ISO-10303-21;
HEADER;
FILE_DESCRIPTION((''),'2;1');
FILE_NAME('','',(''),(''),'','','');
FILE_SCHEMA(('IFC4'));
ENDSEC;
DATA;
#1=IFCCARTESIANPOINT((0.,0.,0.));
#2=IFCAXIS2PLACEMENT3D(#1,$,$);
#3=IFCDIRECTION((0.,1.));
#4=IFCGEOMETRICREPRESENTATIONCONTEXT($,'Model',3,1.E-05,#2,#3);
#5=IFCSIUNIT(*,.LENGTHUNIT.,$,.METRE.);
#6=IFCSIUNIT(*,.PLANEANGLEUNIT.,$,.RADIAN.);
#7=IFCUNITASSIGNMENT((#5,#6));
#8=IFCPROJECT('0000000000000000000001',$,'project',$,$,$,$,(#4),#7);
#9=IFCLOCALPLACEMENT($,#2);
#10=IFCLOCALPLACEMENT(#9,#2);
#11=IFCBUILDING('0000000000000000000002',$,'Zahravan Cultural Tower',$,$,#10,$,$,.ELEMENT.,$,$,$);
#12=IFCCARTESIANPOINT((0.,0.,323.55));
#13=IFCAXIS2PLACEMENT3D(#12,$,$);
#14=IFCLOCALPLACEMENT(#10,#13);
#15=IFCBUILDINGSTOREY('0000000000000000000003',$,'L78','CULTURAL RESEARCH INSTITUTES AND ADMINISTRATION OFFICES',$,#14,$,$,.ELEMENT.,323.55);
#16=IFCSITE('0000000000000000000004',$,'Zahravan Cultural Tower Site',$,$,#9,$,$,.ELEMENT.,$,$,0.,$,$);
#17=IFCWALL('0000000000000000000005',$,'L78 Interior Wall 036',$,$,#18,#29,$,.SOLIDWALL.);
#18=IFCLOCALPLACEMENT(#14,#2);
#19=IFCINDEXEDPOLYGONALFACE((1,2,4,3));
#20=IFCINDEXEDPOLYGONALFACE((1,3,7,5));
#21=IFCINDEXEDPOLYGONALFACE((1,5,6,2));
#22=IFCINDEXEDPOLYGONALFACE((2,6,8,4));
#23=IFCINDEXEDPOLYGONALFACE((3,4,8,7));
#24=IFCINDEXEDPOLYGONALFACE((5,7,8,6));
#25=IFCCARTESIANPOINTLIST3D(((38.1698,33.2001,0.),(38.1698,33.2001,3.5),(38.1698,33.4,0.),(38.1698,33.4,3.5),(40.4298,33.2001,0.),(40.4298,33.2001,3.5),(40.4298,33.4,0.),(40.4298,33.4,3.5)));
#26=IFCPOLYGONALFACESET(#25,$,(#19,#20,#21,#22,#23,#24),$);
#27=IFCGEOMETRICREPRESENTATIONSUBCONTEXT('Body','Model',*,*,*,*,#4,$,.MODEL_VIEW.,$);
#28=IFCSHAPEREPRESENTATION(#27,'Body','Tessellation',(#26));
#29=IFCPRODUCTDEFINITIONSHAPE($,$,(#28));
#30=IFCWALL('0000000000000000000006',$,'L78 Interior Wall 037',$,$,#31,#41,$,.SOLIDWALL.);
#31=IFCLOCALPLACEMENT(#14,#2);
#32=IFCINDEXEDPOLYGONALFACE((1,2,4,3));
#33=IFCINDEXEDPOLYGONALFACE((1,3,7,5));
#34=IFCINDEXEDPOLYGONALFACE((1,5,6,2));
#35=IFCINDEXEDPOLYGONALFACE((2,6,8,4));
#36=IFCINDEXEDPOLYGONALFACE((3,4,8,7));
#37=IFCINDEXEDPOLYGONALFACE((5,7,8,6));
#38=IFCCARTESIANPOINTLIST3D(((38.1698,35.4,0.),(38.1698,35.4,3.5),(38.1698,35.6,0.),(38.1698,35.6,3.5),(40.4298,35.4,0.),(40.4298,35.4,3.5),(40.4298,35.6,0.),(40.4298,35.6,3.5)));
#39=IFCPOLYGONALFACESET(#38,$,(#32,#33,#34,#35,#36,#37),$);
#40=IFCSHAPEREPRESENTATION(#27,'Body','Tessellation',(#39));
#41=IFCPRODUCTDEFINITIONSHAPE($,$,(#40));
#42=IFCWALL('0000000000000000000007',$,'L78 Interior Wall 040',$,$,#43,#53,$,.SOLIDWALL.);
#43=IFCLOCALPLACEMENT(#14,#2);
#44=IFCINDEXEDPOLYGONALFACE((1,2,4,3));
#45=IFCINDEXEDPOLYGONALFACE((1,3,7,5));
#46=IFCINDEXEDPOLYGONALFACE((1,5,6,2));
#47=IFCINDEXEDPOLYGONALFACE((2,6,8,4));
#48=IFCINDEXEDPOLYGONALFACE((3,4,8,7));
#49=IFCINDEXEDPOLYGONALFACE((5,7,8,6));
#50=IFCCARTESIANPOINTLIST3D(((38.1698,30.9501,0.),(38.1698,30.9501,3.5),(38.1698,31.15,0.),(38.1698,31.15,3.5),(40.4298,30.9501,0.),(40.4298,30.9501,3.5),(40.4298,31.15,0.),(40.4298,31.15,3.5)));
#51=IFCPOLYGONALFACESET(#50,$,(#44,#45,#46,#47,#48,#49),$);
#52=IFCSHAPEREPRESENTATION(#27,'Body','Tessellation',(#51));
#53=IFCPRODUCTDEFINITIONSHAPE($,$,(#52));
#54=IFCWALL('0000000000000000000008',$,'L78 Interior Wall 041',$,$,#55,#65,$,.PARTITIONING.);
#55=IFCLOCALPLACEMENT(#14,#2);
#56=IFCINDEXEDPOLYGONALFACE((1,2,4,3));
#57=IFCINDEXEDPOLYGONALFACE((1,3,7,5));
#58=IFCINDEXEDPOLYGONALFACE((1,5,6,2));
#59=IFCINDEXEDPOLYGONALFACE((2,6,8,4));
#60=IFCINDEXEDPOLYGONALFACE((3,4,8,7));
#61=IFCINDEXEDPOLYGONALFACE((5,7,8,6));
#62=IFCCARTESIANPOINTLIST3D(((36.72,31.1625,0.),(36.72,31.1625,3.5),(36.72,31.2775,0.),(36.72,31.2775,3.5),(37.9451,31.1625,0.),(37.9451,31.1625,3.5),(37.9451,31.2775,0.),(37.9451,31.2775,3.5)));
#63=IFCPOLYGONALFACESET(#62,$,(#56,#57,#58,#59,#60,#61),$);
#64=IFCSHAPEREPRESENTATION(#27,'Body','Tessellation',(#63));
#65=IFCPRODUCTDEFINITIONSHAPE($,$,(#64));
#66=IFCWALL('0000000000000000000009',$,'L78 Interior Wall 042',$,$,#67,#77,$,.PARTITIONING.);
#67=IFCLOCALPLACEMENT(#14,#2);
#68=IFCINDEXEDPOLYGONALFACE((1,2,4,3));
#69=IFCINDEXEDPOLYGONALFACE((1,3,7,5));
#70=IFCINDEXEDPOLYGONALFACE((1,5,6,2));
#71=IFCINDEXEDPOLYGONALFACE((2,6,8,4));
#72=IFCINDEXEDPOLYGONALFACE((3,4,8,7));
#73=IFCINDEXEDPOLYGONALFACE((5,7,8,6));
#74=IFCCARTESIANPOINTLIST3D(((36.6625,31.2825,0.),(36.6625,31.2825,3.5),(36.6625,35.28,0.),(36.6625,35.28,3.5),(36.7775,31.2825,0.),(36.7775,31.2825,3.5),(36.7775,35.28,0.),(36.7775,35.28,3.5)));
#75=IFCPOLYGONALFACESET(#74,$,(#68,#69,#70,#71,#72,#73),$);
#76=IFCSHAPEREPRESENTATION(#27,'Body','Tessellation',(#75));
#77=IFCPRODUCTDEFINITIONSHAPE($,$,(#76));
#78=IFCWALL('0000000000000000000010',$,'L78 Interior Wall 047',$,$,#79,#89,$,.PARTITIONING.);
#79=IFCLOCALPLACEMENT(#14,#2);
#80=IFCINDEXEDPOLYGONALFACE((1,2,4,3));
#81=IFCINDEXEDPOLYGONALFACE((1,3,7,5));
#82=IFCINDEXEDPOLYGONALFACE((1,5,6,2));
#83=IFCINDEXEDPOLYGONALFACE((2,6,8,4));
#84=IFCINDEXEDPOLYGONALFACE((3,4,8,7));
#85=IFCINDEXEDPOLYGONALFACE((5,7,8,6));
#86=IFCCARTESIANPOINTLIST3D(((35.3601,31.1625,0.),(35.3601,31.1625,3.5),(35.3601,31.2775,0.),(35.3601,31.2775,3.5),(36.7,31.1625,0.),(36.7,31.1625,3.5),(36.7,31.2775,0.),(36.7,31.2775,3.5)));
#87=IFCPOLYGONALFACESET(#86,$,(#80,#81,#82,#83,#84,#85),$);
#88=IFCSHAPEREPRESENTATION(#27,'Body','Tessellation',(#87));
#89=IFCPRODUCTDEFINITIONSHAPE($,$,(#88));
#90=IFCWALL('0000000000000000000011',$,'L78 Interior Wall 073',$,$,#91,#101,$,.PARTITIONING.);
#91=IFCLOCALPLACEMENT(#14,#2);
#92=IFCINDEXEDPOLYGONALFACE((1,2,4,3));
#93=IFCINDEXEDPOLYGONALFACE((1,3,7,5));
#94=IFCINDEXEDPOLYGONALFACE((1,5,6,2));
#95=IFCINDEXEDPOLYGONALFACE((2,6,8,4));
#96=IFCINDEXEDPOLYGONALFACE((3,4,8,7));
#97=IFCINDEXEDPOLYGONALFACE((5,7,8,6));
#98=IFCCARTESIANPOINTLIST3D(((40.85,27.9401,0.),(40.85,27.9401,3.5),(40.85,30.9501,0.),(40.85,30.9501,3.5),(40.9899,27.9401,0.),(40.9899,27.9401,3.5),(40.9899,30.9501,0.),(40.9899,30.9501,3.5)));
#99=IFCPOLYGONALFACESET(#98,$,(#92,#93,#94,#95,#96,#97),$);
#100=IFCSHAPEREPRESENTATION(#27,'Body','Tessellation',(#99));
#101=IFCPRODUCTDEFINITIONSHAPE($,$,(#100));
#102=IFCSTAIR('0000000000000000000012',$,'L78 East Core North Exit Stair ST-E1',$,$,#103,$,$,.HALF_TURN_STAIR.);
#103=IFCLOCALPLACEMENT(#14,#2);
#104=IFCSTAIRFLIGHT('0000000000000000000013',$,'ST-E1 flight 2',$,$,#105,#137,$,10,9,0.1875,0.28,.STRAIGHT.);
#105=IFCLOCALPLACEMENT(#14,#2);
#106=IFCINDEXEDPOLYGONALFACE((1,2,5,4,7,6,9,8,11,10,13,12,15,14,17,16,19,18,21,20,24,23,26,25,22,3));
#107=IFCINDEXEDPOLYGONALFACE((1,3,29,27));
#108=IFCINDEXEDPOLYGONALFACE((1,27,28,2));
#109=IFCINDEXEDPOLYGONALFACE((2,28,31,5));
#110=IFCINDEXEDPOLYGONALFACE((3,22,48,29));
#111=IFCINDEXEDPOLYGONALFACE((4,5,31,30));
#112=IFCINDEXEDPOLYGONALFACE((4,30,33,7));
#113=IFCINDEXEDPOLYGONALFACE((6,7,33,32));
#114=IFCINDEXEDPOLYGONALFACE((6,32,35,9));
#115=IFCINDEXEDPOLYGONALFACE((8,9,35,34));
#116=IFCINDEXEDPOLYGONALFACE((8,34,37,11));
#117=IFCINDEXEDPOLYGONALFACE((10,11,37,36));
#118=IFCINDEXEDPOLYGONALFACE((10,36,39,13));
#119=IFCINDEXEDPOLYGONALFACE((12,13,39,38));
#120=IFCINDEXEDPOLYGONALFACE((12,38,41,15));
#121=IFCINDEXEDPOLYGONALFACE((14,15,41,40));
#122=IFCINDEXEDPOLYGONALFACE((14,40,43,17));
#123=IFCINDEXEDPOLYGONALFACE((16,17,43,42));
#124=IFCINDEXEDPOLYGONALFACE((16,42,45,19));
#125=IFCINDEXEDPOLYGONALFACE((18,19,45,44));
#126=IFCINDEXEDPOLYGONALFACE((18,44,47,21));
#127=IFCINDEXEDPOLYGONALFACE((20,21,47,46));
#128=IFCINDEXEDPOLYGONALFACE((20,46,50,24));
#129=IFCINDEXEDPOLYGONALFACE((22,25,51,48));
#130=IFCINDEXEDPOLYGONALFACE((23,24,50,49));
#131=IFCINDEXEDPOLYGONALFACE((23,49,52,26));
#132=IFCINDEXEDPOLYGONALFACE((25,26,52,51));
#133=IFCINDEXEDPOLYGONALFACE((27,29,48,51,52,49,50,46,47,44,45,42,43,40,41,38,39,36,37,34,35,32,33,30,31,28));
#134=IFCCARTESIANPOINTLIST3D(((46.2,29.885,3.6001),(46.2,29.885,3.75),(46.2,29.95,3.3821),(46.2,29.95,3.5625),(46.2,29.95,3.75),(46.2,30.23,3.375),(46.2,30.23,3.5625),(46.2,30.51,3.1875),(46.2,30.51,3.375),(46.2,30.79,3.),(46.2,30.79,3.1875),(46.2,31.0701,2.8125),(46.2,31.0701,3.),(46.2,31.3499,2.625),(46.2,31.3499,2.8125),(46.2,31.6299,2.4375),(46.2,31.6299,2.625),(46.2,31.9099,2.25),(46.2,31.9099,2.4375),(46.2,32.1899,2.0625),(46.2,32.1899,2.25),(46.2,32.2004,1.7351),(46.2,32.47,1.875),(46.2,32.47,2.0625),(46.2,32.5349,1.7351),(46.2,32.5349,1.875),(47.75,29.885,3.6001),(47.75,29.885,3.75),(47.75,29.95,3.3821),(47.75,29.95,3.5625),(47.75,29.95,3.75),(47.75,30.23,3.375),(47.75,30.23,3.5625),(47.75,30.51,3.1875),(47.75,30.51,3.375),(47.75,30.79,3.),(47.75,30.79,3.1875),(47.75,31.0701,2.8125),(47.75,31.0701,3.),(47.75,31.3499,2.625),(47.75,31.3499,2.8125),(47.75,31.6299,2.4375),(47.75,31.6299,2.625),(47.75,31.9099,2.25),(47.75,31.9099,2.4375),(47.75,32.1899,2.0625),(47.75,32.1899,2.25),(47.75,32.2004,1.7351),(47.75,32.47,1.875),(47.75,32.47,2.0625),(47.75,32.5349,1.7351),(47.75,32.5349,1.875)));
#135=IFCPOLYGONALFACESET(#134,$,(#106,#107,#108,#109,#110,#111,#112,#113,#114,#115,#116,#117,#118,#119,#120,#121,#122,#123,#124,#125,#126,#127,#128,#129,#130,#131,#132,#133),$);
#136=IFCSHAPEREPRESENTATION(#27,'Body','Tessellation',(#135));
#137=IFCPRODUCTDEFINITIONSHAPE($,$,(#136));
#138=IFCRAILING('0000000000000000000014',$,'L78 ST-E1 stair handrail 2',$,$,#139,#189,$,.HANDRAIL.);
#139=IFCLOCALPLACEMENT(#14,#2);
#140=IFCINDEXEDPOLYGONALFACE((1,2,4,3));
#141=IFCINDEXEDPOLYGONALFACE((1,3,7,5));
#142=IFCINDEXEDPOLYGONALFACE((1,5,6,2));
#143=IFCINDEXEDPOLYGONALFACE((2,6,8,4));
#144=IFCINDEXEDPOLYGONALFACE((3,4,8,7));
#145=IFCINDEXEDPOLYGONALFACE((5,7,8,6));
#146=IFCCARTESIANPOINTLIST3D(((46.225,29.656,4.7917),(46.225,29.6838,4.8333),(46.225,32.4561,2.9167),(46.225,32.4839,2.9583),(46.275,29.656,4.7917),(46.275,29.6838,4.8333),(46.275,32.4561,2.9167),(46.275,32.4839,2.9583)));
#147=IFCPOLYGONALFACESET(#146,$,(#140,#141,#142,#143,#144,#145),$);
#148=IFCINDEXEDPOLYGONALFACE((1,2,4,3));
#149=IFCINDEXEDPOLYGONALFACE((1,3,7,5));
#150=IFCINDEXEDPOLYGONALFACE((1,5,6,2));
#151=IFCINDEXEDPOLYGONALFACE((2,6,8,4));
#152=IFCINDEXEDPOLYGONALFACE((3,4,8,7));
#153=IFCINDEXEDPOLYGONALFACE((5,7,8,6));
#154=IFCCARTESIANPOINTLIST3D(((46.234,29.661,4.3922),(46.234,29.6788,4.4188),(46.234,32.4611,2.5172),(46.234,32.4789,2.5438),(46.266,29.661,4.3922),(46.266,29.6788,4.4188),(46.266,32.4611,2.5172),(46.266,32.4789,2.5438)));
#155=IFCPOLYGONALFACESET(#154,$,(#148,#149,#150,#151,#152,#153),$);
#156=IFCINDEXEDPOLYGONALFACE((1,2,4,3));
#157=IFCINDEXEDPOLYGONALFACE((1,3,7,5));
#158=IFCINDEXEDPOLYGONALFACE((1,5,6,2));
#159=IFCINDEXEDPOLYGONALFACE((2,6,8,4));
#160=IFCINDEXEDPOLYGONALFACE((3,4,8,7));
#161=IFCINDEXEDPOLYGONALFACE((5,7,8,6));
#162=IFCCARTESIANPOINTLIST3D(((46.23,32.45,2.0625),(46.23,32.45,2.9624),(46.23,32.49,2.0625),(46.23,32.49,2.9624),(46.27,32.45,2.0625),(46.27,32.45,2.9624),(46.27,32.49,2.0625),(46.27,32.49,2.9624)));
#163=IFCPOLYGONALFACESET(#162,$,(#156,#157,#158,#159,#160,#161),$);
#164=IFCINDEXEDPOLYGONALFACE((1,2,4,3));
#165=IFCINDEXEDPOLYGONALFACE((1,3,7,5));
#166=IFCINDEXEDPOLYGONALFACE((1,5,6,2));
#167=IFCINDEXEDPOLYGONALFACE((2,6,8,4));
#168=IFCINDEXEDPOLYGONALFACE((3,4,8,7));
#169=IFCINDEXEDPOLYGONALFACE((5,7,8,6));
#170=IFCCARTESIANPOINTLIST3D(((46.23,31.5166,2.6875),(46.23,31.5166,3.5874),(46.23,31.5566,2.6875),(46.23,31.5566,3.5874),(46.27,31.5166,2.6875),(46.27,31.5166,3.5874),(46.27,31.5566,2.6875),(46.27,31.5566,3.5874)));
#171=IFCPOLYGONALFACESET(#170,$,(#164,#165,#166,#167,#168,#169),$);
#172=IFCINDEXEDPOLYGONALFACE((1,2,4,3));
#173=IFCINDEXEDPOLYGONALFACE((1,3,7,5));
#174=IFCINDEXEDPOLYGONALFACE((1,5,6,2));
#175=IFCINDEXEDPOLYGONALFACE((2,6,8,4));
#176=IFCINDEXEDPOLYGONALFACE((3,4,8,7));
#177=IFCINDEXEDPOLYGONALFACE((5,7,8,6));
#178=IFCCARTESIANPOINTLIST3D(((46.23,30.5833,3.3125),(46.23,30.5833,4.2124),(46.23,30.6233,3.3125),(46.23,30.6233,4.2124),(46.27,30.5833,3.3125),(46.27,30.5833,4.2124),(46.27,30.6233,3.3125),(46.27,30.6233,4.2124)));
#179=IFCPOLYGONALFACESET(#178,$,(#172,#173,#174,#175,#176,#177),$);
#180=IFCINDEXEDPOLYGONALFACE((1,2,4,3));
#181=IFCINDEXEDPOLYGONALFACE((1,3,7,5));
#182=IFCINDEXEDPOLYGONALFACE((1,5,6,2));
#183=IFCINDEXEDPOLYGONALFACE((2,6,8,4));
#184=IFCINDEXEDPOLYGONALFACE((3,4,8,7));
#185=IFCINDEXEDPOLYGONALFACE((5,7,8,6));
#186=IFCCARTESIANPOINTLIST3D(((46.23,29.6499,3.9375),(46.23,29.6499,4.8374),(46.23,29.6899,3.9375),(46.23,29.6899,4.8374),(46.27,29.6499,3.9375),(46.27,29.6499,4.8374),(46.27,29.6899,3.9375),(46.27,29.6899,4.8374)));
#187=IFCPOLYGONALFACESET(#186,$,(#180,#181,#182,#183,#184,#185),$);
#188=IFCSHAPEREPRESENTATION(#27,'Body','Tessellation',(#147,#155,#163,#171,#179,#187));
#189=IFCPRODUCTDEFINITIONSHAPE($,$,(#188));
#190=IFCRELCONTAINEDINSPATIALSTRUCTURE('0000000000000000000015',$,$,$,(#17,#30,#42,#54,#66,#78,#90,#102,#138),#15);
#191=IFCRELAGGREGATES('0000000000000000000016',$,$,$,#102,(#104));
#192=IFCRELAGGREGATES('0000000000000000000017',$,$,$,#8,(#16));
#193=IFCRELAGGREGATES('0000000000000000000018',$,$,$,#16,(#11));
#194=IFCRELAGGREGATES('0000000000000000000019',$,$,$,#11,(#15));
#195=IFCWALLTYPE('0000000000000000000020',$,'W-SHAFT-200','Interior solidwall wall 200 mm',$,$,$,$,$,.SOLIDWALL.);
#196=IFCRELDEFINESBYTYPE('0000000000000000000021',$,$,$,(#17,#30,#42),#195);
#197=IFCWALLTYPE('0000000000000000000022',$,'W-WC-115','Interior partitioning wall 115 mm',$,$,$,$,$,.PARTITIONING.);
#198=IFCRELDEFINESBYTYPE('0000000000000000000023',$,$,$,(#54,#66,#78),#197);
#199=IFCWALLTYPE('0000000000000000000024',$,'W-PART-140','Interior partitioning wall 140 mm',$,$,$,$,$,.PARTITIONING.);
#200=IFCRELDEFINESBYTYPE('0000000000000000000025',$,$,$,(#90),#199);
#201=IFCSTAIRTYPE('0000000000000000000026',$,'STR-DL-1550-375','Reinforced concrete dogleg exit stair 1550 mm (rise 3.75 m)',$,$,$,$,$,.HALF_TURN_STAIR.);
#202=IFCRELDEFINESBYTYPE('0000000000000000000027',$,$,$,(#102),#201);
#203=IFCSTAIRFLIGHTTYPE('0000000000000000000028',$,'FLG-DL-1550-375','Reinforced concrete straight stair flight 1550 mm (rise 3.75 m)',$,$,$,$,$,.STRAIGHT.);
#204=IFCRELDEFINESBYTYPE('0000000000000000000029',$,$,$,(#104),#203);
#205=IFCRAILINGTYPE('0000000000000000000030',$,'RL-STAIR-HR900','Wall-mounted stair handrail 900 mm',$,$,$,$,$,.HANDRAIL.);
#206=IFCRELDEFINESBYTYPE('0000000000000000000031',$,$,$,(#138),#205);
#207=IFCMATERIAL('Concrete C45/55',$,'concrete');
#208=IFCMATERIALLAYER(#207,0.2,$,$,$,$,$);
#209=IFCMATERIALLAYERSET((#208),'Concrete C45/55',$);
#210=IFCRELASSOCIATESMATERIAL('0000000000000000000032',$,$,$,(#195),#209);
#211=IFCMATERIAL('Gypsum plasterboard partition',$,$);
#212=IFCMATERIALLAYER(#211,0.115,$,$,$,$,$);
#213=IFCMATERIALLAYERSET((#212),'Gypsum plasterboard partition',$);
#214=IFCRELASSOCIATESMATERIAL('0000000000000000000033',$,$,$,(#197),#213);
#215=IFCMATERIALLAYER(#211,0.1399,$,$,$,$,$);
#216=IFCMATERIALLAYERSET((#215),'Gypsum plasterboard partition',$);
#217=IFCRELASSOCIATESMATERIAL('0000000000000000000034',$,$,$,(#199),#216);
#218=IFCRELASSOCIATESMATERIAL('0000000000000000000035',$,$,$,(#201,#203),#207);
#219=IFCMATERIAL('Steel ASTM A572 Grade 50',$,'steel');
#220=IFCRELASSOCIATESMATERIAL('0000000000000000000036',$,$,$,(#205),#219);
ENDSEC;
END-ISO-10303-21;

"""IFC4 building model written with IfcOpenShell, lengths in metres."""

from ifc_helpers import new_model, si_unit, direction, frame, frame_2d, origin, origin_2d, place, context, subcontext, project, spatial, polyline, rectangle, outline, extrude, source, transform, mapped, material, layer, layer_set, type_object, element, aggregate, save


model = new_model("IFC4")

# Units and contexts
model_context = context("Model", 3, precision=1e-05, world=origin(), true_north=direction((0.0, 1.0)))
body_context = subcontext(model_context, "Body", "Model", "MODEL_VIEW")
ifc_project = project(units=[si_unit("LENGTHUNIT", "METRE"), si_unit("PLANEANGLEUNIT", "RADIAN")], contexts=[model_context])

# Site, building, storey
site_placement = place(None, origin())
site = spatial("IfcSite", under=ifc_project, at=site_placement, Name="Zahravan Cultural Tower Site", CompositionType="ELEMENT", RefElevation=0.0)
building_placement = place(site_placement, origin())
building = spatial("IfcBuilding", under=site, at=building_placement, Name="Zahravan Cultural Tower", CompositionType="ELEMENT")
storey_placement = place(building_placement, frame((0.0, 0.0, 323.55)))
storey = spatial("IfcBuildingStorey", under=building, at=storey_placement, Name="L78", Description="CULTURAL RESEARCH INSTITUTES AND ADMINISTRATION OFFICES", CompositionType="ELEMENT", Elevation=323.55)

# Shared definitions
ifc_material_1 = material(Name="Concrete C45/55", Category="concrete")
ifc_layer_1 = layer(ifc_material_1, 0.2)
ifc_layer_set_1 = layer_set([ifc_layer_1], Name="Concrete C45/55")
wall_type_1 = type_object("IfcWallType", Name="W-SHAFT-200", Description="Interior solidwall wall 200 mm", PredefinedType="SOLIDWALL", material=ifc_layer_set_1)
ifc_material_2 = material(Name="Steel ASTM A572 Grade 50", Category="steel")
ifc_material_3 = material(Name="Gypsum plasterboard partition")
ifc_layer_2 = layer(ifc_material_3, 0.115)
ifc_layer_set_2 = layer_set([ifc_layer_2], Name="Gypsum plasterboard partition")
wall_type_2 = type_object("IfcWallType", Name="W-WC-115", Description="Interior partitioning wall 115 mm", PredefinedType="PARTITIONING", material=ifc_layer_set_2)

# Walls
shared_shape_1 = source(origin(), body_context, "Body", "SweptSolid", [
    extrude(rectangle(XDim=2.26, YDim=0.2, at=frame_2d((1.1299, 0.0))), origin(), (0.0, 0.0, 1.0), 3.5),
])
for number, where, z_axis, x_axis, name in (
    (1, (38.1699, 33.3, 0.0), (0.0, 0.0, 1.0), (1.0, 0.0, 0.0), "L78 Interior Wall 036"),
    (2, (38.1699, 35.5, 0.0), (0.0, 0.0, 1.0), (1.0, 0.0, 0.0), "L78 Interior Wall 037"),
    (3, (38.1699, 31.05, 0.0), (0.0, 0.0, 1.0), (1.0, 0.0, 0.0), "L78 Interior Wall 040"),
):
    element("IfcWall", number, at=place(storey_placement, frame(where, z_axis=z_axis, x_axis=x_axis)), inside=storey, type_object=wall_type_1, Name=name, PredefinedType="SOLIDWALL", context=body_context, shape_type="MappedRepresentation", body=[
        mapped(shared_shape_1, transform((0.0, 0.0, 0.0), x_axis=(1.0, 0.0, 0.0), y_axis=(0.0, 1.0, 0.0), z_axis=(0.0, 0.0, 1.0), scale=1.0)),
    ])
shared_shape_2 = source(origin(), body_context, "Body", "SweptSolid", [
    extrude(rectangle(XDim=1.2251, YDim=0.115, at=frame_2d((0.6125, 0.0))), origin(), (0.0, 0.0, 1.0), 3.5),
])
wall_1_placement = place(storey_placement, frame((37.9451, 31.22, 0.0), z_axis=(0.0, 0.0, 1.0), x_axis=(-1.0, 0.0, 0.0)))
element("IfcWall", 4, at=wall_1_placement, inside=storey, type_object=wall_type_2, Name="L78 Interior Wall 041", PredefinedType="PARTITIONING", context=body_context, shape_type="MappedRepresentation", body=[
    mapped(shared_shape_2, transform((0.0, 0.0, 0.0), x_axis=(1.0, 0.0, 0.0), y_axis=(0.0, 1.0, 0.0), z_axis=(0.0, 0.0, 1.0), scale=1.0)),
])
shared_shape_3 = source(origin(), body_context, "Body", "SweptSolid", [
    extrude(rectangle(XDim=3.9976, YDim=0.115, at=frame_2d((1.9988, 0.0))), origin(), (0.0, 0.0, 1.0), 3.5),
])
wall_2_placement = place(storey_placement, frame((36.72, 31.2825, 0.0), z_axis=(0.0, 0.0, 1.0), x_axis=(0.0, 1.0, 0.0)))
element("IfcWall", 5, at=wall_2_placement, inside=storey, type_object=wall_type_2, Name="L78 Interior Wall 042", PredefinedType="PARTITIONING", context=body_context, shape_type="MappedRepresentation", body=[
    mapped(shared_shape_3, transform((0.0, 0.0, 0.0), x_axis=(1.0, 0.0, 0.0), y_axis=(0.0, 1.0, 0.0), z_axis=(0.0, 0.0, 1.0), scale=1.0)),
])
shared_shape_4 = source(origin(), body_context, "Body", "SweptSolid", [
    extrude(rectangle(XDim=1.3398, YDim=0.115, at=frame_2d((0.6699, 0.0))), origin(), (0.0, 0.0, 1.0), 3.5),
])
wall_3_placement = place(storey_placement, frame((36.7, 31.22, 0.0), z_axis=(0.0, 0.0, 1.0), x_axis=(-1.0, 0.0, 0.0)))
element("IfcWall", 6, at=wall_3_placement, inside=storey, type_object=wall_type_2, Name="L78 Interior Wall 047", PredefinedType="PARTITIONING", context=body_context, shape_type="MappedRepresentation", body=[
    mapped(shared_shape_4, transform((0.0, 0.0, 0.0), x_axis=(1.0, 0.0, 0.0), y_axis=(0.0, 1.0, 0.0), z_axis=(0.0, 0.0, 1.0), scale=1.0)),
])
ifc_layer_3 = layer(ifc_material_3, 0.1399)
ifc_layer_set_3 = layer_set([ifc_layer_3], Name="Gypsum plasterboard partition")
wall_type_3 = type_object("IfcWallType", Name="W-PART-140", Description="Interior partitioning wall 140 mm", PredefinedType="PARTITIONING", material=ifc_layer_set_3)
shared_shape_5 = source(origin(), body_context, "Body", "SweptSolid", [
    extrude(rectangle(XDim=3.01, YDim=0.1399, at=frame_2d((1.5049, 0.0))), origin(), (0.0, 0.0, 1.0), 3.5),
])
wall_4_placement = place(storey_placement, frame((40.9199, 30.95, 0.0), z_axis=(0.0, 0.0, 1.0), x_axis=(0.0, -1.0, 0.0)))
element("IfcWall", 7, at=wall_4_placement, inside=storey, type_object=wall_type_3, Name="L78 Interior Wall 073", PredefinedType="PARTITIONING", context=body_context, shape_type="MappedRepresentation", body=[
    mapped(shared_shape_5, transform((0.0, 0.0, 0.0), x_axis=(1.0, 0.0, 0.0), y_axis=(0.0, 1.0, 0.0), z_axis=(0.0, 0.0, 1.0), scale=1.0)),
])

# Stair, stair flight
stair_type = type_object("IfcStairType", Name="STR-DL-1550-375", Description="Reinforced concrete dogleg exit stair 1550 mm (rise 3.75 m)", PredefinedType="HALF_TURN_STAIR", material=ifc_material_1)
stair_placement = place(storey_placement, origin())
stair = element("IfcStair", 8, at=stair_placement, inside=storey, type_object=stair_type, Name="L78 East Core North Exit Stair ST-E1", PredefinedType="HALF_TURN_STAIR")
stair_flight_type = type_object("IfcStairFlightType", Name="FLG-DL-1550-375", Description="Reinforced concrete straight stair flight 1550 mm (rise 3.75 m)", PredefinedType="STRAIGHT", material=ifc_material_1)
stair_flight_placement = place(storey_placement, frame((46.9751, 32.47, 1.875), z_axis=(0.0, 0.0, 1.0), x_axis=(0.0, -1.0, 0.0)))
stair_flight = element("IfcStairFlight", 9, at=stair_flight_placement, type_object=stair_flight_type, Name="ST-E1 flight 2", NumberOfRisers=10, NumberOfTreads=9, PredefinedType="STRAIGHT", RiserHeight=0.1875, TreadLength=0.28, context=body_context, shape_type="SweptSolid", body=[
    extrude(outline(polyline([(-0.0649, -0.1399), (-0.0649, 0.0), (0.0, 0.0), (0.0, 0.1875), (0.28, 0.1875), (0.28, 0.375), (0.5601, 0.375), (0.5601, 0.5625), (0.8401, 0.5625), (0.8401, 0.75), (1.1201, 0.75), (1.1201, 0.9375), (1.3999, 0.9375), (1.3999, 1.125), (1.6799, 1.125), (1.6799, 1.3125), (1.96, 1.3125), (1.96, 1.5), (2.24, 1.5), (2.24, 1.6875), (2.52, 1.6875), (2.52, 1.875), (2.585, 1.875), (2.585, 1.7251), (2.52, 1.5071), (0.2695, -0.1399), (-0.0649, -0.1399)])), frame((0.0, 0.7749, 0.0), z_axis=(0.0, -1.0, 0.0), x_axis=(1.0, 0.0, 0.0)), (0.0, 0.0, 1.0), 1.55),
])
aggregate(stair, [stair_flight])

# Railing
railing_type = type_object("IfcRailingType", Name="RL-STAIR-HR900", Description="Wall-mounted stair handrail 900 mm", PredefinedType="HANDRAIL", material=ifc_material_2)
railing_placement = place(storey_placement, frame((46.25, 32.47, 2.0625)))
element("IfcRailing", 10, at=railing_placement, inside=storey, type_object=railing_type, Name="L78 ST-E1 stair handrail 2", PredefinedType="HANDRAIL", context=body_context, shape_type="SweptSolid", body=[
    extrude(rectangle(XDim=0.05, YDim=0.05, at=origin_2d()), frame((0.0, 0.0, 0.875), z_axis=(0.0, -0.830912, 0.556404), x_axis=(1.0, 0.0, 0.0)), (0.0, 0.0, 1.0), 3.3699),
    extrude(rectangle(XDim=0.032, YDim=0.032, at=origin_2d()), frame((0.0, 0.0, 0.468), z_axis=(0.0, -0.830912, 0.556404), x_axis=(1.0, 0.0, 0.0)), (0.0, 0.0, 1.0), 3.3699),
    extrude(rectangle(XDim=0.04, YDim=0.04, at=origin_2d()), origin(), (0.0, 0.0, 1.0), 0.8999),
    extrude(rectangle(XDim=0.04, YDim=0.04, at=origin_2d()), frame((0.0, -0.9333, 0.625)), (0.0, 0.0, 1.0), 0.8999),
    extrude(rectangle(XDim=0.04, YDim=0.04, at=origin_2d()), frame((0.0, -1.8667, 1.25)), (0.0, 0.0, 1.0), 0.8999),
    extrude(rectangle(XDim=0.04, YDim=0.04, at=origin_2d()), frame((0.0, -2.8, 1.875)), (0.0, 0.0, 1.0), 0.8999),
])

save(model, "model.ifc")
